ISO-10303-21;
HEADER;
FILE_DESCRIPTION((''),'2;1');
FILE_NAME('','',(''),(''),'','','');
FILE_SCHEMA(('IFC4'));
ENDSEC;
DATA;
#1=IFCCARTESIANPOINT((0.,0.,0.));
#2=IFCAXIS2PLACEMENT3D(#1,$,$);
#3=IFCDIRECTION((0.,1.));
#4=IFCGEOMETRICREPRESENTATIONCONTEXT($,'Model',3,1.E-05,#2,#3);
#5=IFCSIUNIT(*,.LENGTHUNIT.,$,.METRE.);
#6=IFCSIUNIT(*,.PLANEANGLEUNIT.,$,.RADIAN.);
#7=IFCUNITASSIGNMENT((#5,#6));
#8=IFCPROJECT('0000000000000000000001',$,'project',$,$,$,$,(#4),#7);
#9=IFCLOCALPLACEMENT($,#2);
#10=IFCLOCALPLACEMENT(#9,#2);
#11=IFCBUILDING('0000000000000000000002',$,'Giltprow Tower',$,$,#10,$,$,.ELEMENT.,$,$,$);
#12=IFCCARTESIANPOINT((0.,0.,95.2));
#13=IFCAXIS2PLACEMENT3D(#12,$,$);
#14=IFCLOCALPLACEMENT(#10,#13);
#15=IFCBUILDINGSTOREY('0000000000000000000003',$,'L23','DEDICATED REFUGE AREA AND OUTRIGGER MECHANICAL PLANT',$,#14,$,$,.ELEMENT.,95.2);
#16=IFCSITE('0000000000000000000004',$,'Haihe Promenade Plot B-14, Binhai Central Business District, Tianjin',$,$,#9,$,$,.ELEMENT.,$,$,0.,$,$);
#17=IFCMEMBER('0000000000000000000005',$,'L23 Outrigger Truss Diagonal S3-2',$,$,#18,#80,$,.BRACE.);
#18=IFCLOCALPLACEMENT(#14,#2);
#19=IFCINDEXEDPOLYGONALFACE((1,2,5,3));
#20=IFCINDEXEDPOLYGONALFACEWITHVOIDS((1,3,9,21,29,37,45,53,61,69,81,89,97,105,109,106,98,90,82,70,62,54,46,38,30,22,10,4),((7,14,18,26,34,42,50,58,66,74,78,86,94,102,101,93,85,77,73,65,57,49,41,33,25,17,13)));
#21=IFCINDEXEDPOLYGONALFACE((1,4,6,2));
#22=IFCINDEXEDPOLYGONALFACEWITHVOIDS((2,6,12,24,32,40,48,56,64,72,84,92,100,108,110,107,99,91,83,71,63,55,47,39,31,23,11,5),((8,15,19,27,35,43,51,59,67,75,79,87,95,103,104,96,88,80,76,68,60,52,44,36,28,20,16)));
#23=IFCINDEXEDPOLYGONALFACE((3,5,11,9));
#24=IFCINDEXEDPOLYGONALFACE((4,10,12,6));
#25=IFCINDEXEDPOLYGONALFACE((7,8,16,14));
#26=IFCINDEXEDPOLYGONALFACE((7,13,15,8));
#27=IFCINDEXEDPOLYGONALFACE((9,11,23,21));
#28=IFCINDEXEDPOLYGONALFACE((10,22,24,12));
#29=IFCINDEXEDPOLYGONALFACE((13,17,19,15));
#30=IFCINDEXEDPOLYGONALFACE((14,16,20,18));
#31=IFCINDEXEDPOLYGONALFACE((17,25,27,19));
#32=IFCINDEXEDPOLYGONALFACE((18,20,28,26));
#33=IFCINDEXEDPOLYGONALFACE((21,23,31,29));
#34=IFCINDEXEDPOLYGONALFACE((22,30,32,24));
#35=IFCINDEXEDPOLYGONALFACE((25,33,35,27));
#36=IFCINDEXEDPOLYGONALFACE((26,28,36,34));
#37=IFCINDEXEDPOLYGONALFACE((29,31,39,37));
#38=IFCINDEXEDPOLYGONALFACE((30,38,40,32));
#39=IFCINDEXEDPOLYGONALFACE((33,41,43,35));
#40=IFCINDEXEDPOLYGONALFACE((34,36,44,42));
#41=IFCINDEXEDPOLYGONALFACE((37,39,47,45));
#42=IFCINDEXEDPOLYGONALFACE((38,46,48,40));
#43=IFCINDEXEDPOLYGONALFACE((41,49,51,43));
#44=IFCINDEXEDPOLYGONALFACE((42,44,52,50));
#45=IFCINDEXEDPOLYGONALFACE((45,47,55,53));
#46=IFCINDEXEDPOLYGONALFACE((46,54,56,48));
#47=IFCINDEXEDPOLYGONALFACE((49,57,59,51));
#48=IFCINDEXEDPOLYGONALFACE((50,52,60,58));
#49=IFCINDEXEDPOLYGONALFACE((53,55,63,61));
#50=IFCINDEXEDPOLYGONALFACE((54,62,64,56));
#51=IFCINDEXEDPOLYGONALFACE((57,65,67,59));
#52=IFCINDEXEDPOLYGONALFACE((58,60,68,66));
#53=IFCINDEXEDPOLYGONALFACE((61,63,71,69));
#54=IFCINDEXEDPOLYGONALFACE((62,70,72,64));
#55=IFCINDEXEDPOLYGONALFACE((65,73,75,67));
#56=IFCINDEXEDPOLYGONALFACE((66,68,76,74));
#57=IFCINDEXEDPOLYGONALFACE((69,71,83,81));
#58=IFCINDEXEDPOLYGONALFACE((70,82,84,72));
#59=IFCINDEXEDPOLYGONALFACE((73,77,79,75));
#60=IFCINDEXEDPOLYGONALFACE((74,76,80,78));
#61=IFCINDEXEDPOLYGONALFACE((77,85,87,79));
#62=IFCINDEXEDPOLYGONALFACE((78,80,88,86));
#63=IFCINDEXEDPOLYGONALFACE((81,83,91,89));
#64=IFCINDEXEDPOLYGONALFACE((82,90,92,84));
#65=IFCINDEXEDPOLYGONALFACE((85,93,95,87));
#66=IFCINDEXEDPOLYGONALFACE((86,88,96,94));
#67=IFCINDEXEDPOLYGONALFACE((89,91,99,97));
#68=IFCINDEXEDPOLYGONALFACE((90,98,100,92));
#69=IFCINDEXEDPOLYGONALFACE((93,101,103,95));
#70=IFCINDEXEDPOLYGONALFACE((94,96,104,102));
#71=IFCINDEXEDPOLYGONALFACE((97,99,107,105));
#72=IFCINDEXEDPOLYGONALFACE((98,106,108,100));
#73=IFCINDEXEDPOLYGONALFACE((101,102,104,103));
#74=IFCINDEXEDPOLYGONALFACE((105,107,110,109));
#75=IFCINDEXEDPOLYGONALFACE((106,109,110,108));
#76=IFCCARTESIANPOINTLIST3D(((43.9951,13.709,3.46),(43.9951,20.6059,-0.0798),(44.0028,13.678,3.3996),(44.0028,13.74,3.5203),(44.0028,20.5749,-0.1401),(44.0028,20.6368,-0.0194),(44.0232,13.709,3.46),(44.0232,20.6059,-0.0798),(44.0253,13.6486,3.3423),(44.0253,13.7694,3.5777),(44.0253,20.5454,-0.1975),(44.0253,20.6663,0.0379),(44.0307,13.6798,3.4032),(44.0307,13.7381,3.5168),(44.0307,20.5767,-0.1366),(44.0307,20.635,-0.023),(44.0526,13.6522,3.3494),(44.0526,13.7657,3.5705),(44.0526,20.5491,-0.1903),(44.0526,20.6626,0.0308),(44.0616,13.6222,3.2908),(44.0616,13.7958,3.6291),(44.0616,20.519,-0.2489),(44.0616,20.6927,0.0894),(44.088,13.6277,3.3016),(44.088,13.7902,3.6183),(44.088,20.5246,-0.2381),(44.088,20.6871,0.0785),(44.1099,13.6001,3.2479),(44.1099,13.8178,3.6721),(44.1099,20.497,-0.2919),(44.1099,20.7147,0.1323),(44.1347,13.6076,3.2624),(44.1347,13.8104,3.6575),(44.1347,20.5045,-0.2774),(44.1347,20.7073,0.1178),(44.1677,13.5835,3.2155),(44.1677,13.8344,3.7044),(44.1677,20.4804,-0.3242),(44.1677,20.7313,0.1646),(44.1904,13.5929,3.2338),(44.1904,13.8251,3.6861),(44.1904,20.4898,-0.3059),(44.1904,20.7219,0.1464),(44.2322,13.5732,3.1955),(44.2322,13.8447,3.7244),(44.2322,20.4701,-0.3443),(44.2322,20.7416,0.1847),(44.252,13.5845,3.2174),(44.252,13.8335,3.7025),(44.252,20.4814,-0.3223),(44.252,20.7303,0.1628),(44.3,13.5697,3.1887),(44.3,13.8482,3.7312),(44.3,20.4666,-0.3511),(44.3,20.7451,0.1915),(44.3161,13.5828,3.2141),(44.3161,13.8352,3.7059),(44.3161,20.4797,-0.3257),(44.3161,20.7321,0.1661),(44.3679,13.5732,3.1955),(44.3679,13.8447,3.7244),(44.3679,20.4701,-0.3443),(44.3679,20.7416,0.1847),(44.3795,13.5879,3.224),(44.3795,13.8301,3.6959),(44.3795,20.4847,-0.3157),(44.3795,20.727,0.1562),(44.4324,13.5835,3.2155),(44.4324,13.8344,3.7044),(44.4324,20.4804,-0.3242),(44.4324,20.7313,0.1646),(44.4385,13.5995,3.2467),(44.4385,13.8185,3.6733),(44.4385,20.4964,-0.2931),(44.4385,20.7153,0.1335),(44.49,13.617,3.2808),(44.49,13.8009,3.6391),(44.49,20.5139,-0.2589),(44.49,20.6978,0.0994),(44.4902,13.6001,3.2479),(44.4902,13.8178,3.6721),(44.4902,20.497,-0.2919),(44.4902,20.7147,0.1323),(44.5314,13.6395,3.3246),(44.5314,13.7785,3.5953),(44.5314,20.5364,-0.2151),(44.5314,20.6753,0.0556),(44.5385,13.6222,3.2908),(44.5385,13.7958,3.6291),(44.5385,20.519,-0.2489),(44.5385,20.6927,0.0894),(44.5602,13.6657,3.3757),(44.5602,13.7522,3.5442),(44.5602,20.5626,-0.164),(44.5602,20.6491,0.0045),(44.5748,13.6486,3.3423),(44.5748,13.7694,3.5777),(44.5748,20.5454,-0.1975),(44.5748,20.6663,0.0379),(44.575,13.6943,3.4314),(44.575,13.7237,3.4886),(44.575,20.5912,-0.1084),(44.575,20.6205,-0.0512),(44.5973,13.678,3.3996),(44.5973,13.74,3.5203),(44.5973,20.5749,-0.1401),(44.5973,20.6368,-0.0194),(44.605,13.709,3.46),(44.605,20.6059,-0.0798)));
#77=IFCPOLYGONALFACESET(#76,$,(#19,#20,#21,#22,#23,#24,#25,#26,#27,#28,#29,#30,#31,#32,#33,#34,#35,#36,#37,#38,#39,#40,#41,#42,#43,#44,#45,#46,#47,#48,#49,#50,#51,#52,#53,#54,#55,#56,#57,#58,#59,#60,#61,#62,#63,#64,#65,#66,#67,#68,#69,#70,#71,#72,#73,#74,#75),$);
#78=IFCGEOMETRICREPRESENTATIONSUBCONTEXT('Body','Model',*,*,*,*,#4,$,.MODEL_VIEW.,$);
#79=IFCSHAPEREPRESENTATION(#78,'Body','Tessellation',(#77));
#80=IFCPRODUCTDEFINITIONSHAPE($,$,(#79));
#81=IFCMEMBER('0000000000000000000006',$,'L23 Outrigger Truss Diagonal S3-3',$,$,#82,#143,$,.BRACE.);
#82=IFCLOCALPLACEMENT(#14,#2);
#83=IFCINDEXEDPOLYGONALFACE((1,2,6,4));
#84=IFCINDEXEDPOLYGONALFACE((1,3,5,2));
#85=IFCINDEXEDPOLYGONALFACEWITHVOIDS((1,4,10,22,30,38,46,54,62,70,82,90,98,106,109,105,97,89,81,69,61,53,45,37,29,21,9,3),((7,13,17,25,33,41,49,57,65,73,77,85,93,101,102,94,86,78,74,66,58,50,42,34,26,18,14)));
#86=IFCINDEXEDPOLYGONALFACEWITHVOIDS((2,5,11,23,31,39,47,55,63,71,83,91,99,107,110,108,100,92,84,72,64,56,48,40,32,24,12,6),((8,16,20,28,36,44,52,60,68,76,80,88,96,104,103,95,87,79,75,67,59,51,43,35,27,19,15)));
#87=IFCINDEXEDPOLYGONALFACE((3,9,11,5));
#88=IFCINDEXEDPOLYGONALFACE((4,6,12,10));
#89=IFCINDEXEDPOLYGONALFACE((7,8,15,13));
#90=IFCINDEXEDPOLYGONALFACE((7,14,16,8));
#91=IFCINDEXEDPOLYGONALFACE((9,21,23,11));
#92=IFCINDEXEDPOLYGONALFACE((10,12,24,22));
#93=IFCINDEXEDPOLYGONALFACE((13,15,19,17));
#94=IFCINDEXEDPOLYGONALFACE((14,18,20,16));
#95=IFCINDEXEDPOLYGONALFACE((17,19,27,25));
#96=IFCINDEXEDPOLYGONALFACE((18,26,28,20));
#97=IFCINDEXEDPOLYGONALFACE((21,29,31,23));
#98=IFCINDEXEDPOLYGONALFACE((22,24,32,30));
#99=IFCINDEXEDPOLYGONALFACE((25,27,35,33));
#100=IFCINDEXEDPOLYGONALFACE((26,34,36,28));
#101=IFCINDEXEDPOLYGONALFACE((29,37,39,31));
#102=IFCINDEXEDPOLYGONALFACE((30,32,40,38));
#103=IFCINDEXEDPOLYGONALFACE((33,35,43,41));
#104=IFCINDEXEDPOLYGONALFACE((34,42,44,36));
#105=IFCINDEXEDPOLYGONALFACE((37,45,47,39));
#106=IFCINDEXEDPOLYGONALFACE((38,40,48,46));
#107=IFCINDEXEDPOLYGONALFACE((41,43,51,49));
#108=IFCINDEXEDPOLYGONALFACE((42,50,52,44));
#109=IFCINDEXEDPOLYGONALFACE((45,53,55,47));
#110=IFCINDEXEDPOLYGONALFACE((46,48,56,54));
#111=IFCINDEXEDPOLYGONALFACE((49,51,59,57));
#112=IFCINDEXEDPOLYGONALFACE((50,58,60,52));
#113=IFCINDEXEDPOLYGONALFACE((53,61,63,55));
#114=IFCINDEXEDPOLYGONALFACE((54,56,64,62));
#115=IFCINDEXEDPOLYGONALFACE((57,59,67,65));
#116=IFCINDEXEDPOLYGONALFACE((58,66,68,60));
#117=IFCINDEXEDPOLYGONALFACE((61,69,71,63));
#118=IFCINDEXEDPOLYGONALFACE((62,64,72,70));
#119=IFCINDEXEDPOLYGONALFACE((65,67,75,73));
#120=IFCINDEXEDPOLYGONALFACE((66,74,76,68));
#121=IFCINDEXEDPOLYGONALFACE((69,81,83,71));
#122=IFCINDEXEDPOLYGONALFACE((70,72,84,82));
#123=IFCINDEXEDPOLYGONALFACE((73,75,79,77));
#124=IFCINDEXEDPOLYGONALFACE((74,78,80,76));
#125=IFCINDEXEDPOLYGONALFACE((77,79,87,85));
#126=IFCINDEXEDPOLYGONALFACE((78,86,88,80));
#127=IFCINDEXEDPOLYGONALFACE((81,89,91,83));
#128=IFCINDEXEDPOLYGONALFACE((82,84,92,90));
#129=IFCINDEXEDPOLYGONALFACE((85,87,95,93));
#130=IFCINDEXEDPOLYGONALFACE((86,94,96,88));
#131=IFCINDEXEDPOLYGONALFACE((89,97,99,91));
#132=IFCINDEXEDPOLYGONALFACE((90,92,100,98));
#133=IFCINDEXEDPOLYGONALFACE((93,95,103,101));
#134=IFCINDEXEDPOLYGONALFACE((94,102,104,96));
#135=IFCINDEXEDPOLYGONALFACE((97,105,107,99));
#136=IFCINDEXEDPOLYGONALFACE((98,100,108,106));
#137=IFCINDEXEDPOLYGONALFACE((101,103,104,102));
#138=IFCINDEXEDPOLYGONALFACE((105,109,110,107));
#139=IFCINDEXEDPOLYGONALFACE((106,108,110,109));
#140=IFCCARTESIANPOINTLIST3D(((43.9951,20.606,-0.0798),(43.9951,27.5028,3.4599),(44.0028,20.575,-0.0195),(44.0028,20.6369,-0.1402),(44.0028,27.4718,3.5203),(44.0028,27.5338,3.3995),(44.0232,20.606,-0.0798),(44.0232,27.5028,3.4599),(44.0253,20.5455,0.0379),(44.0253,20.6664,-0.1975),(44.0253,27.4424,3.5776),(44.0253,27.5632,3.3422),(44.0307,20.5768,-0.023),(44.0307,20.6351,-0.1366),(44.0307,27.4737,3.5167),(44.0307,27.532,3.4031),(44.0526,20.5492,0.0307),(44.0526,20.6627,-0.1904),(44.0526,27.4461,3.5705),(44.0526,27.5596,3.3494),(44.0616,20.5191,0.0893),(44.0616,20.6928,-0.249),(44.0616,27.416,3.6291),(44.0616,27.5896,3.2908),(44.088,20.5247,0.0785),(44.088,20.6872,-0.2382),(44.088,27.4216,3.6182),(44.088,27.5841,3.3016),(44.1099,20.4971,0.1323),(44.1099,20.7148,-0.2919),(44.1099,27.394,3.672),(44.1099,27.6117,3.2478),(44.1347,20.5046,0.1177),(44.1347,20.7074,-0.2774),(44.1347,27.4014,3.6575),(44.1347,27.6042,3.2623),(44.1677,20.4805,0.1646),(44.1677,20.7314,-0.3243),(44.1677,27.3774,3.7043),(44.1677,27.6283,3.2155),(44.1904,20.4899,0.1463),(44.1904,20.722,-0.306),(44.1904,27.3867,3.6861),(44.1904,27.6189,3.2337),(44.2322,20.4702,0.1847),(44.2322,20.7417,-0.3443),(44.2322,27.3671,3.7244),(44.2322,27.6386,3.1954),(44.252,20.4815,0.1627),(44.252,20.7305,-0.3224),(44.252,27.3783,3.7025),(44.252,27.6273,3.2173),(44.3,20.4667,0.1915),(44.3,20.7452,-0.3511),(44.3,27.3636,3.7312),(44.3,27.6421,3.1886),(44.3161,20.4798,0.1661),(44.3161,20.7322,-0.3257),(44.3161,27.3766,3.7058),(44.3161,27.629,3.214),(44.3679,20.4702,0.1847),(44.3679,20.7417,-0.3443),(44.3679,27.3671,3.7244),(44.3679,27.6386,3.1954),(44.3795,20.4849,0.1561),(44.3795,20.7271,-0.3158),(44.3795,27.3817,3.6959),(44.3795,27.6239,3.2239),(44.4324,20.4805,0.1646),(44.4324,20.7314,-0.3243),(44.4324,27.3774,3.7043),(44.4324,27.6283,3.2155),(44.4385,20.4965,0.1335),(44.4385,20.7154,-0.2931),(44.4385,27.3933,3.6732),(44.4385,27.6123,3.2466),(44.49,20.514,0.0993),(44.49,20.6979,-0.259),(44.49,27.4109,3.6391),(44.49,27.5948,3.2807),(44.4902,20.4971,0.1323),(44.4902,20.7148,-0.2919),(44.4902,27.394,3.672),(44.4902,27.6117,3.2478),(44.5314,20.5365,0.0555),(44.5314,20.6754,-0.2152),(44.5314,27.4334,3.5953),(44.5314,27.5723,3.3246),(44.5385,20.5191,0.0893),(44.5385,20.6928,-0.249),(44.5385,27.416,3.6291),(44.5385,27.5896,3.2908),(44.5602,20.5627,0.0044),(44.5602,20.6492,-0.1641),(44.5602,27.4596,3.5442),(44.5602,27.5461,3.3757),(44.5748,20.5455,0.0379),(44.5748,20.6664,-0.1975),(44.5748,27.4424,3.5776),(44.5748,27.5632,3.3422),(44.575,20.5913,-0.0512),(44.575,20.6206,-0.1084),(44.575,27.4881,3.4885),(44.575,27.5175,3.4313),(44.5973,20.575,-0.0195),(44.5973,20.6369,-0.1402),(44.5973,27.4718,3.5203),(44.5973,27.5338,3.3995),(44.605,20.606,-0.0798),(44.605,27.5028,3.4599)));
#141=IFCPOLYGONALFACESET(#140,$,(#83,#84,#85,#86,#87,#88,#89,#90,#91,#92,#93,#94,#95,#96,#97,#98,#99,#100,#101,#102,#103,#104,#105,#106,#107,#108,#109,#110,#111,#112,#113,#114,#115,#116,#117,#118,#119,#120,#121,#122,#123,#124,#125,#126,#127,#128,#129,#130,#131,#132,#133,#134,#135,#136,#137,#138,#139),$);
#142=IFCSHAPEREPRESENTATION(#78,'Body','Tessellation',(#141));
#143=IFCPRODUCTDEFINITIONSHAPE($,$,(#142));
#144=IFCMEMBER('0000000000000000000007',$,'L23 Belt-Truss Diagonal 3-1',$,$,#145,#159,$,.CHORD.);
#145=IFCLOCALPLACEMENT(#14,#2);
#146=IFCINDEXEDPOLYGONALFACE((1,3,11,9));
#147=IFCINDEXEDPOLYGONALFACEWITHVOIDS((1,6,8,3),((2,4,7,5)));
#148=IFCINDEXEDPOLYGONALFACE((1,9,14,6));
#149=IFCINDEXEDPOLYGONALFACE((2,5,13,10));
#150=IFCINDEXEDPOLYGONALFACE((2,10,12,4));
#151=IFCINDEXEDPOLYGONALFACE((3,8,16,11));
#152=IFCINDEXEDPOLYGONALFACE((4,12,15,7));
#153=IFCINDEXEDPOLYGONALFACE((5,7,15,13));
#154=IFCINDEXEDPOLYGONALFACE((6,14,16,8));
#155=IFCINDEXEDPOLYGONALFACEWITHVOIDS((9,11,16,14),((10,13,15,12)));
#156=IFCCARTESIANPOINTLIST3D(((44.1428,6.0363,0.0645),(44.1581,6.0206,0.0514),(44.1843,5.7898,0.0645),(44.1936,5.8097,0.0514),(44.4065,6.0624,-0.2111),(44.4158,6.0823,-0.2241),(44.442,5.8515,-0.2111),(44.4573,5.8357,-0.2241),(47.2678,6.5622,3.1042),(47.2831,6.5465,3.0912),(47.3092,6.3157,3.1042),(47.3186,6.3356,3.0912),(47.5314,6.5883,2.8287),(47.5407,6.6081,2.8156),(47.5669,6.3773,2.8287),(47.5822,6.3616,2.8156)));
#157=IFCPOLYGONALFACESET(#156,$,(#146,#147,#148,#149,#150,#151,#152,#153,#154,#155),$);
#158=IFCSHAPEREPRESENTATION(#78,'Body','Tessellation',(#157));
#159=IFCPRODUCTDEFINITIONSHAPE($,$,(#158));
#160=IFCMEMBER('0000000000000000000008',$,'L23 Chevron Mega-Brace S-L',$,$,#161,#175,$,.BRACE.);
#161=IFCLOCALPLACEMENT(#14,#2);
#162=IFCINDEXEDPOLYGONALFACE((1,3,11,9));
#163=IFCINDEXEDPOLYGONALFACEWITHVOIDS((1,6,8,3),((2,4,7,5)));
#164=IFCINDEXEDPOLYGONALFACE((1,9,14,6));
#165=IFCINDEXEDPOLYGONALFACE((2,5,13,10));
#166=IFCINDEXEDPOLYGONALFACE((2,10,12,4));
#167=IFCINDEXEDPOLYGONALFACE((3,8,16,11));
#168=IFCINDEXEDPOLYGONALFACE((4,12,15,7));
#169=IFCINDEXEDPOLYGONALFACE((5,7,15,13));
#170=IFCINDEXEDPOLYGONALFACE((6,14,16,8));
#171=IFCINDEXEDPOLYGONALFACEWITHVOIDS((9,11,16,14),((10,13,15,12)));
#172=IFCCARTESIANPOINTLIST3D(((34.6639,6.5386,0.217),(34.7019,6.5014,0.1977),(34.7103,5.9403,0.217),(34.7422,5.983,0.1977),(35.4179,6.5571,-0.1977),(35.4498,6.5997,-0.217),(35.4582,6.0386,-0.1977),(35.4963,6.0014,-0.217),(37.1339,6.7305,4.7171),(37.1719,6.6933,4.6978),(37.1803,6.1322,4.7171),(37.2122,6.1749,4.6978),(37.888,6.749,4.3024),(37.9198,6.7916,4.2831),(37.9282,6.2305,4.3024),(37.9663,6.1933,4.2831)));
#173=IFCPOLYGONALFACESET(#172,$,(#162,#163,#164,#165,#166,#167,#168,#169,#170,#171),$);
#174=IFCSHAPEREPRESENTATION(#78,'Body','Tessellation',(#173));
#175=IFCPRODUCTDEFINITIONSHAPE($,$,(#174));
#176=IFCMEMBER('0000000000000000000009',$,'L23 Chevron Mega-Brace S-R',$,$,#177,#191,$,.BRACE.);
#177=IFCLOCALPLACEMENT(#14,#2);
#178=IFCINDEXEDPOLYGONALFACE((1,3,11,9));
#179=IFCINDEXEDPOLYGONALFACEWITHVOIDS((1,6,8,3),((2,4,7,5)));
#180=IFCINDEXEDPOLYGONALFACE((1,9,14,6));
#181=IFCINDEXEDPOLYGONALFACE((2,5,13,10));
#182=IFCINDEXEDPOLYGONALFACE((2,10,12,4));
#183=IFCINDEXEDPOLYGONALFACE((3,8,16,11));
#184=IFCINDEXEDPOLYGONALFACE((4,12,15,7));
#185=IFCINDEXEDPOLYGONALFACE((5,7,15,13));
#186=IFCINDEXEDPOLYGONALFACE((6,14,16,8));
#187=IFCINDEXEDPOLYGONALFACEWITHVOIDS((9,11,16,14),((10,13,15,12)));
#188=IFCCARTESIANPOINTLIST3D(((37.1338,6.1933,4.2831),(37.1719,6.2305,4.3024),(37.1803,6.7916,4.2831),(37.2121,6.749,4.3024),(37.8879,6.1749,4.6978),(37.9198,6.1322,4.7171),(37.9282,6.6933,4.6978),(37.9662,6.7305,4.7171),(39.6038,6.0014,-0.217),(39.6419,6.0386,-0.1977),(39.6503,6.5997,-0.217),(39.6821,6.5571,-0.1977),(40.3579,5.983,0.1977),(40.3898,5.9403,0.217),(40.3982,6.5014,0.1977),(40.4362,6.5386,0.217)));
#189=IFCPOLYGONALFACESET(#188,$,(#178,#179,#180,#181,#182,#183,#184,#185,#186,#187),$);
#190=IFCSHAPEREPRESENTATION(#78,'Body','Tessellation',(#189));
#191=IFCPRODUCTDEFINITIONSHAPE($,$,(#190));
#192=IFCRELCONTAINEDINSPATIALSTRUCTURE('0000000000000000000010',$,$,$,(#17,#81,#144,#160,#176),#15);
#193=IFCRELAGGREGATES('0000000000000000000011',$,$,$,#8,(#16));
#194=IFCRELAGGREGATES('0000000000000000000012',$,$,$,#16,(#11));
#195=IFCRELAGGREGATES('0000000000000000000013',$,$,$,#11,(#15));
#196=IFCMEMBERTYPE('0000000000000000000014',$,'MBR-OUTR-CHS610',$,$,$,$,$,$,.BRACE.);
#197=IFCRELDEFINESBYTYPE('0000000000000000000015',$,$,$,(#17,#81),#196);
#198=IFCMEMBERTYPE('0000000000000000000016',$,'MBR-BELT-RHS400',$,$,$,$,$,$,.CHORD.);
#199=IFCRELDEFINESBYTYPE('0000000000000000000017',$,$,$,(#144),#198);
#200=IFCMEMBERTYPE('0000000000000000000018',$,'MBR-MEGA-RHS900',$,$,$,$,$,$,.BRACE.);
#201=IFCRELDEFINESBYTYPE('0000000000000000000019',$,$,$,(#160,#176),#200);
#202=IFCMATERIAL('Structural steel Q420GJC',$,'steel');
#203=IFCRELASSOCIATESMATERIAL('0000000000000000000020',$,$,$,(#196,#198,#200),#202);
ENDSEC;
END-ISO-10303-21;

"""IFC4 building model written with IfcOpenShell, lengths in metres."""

from ifc_helpers import new_model, si_unit, direction, frame, origin, origin_2d, place, context, subcontext, project, spatial, hollow_rectangle, hollow_circle, extrude, source, transform, mapped, material, material_profile, profile_set, type_object, element, save


model = new_model("IFC4")

# Units and contexts
model_context = context("Model", 3, precision=1e-05, world=origin(), true_north=direction((0.0, 1.0)))
body_context = subcontext(model_context, "Body", "Model", "MODEL_VIEW")
ifc_project = project(units=[si_unit("LENGTHUNIT", "METRE"), si_unit("PLANEANGLEUNIT", "RADIAN")], contexts=[model_context])

# Site, building, storey
site_placement = place(None, origin())
site = spatial("IfcSite", under=ifc_project, at=site_placement, Name="Haihe Promenade Plot B-14, Binhai Central Business District, Tianjin", CompositionType="ELEMENT", RefElevation=0.0)
building_placement = place(site_placement, origin())
building = spatial("IfcBuilding", under=site, at=building_placement, Name="Giltprow Tower", CompositionType="ELEMENT")
storey_placement = place(building_placement, frame((0.0, 0.0, 95.2)))
storey = spatial("IfcBuildingStorey", under=building, at=storey_placement, Name="L23", Description="DEDICATED REFUGE AREA AND OUTRIGGER MECHANICAL PLANT", CompositionType="ELEMENT", Elevation=95.2)

# Shared definitions
ifc_material_1 = material(Name="Structural steel Q420GJC", Category="steel")

# Members
ifc_material_profile_1 = material_profile(ifc_material_1, hollow_circle(Radius=0.3049, WallThickness=0.0281, at=origin_2d()), Name="CHS 610x28")
ifc_profile_set_1 = profile_set([ifc_material_profile_1], Name="Structural steel Q420GJC")
member_type_1 = type_object("IfcMemberType", Name="MBR-OUTR-CHS610", PredefinedType="BRACE", material=ifc_profile_set_1)
shared_shape_1 = source(origin(), body_context, "Body", "SweptSolid", [
    extrude(hollow_circle(Radius=0.3049, WallThickness=0.0281, at=origin_2d()), origin(), (0.0, 0.0, 1.0), 7.7522),
])
for number, where, z_axis, x_axis, name in (
    (1, (44.3, 13.709, 3.46), (0.0, 0.889666, -0.456611), (-1.0, 0.0, 0.0), "L23 Outrigger Truss Diagonal S3-2"),
    (2, (44.3, 20.606, -0.0798), (0.0, 0.889666, 0.456611), (-1.0, 0.0, 0.0), "L23 Outrigger Truss Diagonal S3-3"),
):
    element("IfcMember", number, at=place(storey_placement, frame(where, z_axis=z_axis, x_axis=x_axis)), inside=storey, type_object=member_type_1, Name=name, PredefinedType="BRACE", context=body_context, shape_type="MappedRepresentation", body=[
        mapped(shared_shape_1, transform((0.0, 0.0, 0.0), x_axis=(1.0, 0.0, 0.0), y_axis=(0.0, 1.0, 0.0), z_axis=(0.0, 0.0, 1.0), scale=1.0)),
    ])
ifc_material_profile_2 = material_profile(ifc_material_1, hollow_rectangle(XDim=0.25, YDim=0.3999, WallThickness=0.0181, at=origin_2d()), Name="RHS 400x250x18")
ifc_profile_set_2 = profile_set([ifc_material_profile_2], Name="Structural steel Q420GJC")
member_type_2 = type_object("IfcMemberType", Name="MBR-BELT-RHS400", PredefinedType="CHORD", material=ifc_profile_set_2)
shared_shape_2 = source(origin(), body_context, "Body", "SweptSolid", [
    extrude(hollow_rectangle(XDim=0.25, YDim=0.3999, WallThickness=0.0181, at=origin_2d()), origin(), (0.0, 0.0, 1.0), 4.3911),
])
member_placement = place(storey_placement, frame((44.3, 5.936, -0.0798), z_axis=(0.711653, 0.119758, 0.692249), x_axis=(-0.165948, 0.986135, 0.0)))
element("IfcMember", 3, at=member_placement, inside=storey, type_object=member_type_2, Name="L23 Belt-Truss Diagonal 3-1", PredefinedType="CHORD", context=body_context, shape_type="MappedRepresentation", body=[
    mapped(shared_shape_2, transform((0.0, 0.0, 0.0), x_axis=(1.0, 0.0, 0.0), y_axis=(0.0, 1.0, 0.0), z_axis=(0.0, 0.0, 1.0), scale=1.0)),
])
ifc_material_profile_3 = material_profile(ifc_material_1, hollow_rectangle(XDim=0.6001, YDim=0.8999, WallThickness=0.04, at=origin_2d()), Name="RHS 900x600x40")
ifc_profile_set_3 = profile_set([ifc_material_profile_3], Name="Structural steel Q420GJC")
member_type_3 = type_object("IfcMemberType", Name="MBR-MEGA-RHS900", PredefinedType="BRACE", material=ifc_profile_set_3)
shared_shape_3 = source(origin(), body_context, "Body", "SweptSolid", [
    extrude(hollow_rectangle(XDim=0.6001, YDim=0.8999, WallThickness=0.04, at=origin_2d()), origin(), (0.0, 0.0, 1.0), 5.137),
])
for number, where, z_axis, x_axis, name in (
    (4, (35.0801, 6.27, 0.0), (0.480831, 0.037356, 0.876017), (-0.077458, 0.996996, 0.0), "L23 Chevron Mega-Brace S-L"),
    (5, (40.02, 6.27, 0.0), (-0.480831, 0.037356, 0.876017), (-0.077458, -0.996996, 0.0), "L23 Chevron Mega-Brace S-R"),
):
    element("IfcMember", number, at=place(storey_placement, frame(where, z_axis=z_axis, x_axis=x_axis)), inside=storey, type_object=member_type_3, Name=name, PredefinedType="BRACE", context=body_context, shape_type="MappedRepresentation", body=[
        mapped(shared_shape_3, transform((0.0, 0.0, 0.0), x_axis=(1.0, 0.0, 0.0), y_axis=(0.0, 1.0, 0.0), z_axis=(0.0, 0.0, 1.0), scale=1.0)),
    ])

save(model, "model.ifc")
